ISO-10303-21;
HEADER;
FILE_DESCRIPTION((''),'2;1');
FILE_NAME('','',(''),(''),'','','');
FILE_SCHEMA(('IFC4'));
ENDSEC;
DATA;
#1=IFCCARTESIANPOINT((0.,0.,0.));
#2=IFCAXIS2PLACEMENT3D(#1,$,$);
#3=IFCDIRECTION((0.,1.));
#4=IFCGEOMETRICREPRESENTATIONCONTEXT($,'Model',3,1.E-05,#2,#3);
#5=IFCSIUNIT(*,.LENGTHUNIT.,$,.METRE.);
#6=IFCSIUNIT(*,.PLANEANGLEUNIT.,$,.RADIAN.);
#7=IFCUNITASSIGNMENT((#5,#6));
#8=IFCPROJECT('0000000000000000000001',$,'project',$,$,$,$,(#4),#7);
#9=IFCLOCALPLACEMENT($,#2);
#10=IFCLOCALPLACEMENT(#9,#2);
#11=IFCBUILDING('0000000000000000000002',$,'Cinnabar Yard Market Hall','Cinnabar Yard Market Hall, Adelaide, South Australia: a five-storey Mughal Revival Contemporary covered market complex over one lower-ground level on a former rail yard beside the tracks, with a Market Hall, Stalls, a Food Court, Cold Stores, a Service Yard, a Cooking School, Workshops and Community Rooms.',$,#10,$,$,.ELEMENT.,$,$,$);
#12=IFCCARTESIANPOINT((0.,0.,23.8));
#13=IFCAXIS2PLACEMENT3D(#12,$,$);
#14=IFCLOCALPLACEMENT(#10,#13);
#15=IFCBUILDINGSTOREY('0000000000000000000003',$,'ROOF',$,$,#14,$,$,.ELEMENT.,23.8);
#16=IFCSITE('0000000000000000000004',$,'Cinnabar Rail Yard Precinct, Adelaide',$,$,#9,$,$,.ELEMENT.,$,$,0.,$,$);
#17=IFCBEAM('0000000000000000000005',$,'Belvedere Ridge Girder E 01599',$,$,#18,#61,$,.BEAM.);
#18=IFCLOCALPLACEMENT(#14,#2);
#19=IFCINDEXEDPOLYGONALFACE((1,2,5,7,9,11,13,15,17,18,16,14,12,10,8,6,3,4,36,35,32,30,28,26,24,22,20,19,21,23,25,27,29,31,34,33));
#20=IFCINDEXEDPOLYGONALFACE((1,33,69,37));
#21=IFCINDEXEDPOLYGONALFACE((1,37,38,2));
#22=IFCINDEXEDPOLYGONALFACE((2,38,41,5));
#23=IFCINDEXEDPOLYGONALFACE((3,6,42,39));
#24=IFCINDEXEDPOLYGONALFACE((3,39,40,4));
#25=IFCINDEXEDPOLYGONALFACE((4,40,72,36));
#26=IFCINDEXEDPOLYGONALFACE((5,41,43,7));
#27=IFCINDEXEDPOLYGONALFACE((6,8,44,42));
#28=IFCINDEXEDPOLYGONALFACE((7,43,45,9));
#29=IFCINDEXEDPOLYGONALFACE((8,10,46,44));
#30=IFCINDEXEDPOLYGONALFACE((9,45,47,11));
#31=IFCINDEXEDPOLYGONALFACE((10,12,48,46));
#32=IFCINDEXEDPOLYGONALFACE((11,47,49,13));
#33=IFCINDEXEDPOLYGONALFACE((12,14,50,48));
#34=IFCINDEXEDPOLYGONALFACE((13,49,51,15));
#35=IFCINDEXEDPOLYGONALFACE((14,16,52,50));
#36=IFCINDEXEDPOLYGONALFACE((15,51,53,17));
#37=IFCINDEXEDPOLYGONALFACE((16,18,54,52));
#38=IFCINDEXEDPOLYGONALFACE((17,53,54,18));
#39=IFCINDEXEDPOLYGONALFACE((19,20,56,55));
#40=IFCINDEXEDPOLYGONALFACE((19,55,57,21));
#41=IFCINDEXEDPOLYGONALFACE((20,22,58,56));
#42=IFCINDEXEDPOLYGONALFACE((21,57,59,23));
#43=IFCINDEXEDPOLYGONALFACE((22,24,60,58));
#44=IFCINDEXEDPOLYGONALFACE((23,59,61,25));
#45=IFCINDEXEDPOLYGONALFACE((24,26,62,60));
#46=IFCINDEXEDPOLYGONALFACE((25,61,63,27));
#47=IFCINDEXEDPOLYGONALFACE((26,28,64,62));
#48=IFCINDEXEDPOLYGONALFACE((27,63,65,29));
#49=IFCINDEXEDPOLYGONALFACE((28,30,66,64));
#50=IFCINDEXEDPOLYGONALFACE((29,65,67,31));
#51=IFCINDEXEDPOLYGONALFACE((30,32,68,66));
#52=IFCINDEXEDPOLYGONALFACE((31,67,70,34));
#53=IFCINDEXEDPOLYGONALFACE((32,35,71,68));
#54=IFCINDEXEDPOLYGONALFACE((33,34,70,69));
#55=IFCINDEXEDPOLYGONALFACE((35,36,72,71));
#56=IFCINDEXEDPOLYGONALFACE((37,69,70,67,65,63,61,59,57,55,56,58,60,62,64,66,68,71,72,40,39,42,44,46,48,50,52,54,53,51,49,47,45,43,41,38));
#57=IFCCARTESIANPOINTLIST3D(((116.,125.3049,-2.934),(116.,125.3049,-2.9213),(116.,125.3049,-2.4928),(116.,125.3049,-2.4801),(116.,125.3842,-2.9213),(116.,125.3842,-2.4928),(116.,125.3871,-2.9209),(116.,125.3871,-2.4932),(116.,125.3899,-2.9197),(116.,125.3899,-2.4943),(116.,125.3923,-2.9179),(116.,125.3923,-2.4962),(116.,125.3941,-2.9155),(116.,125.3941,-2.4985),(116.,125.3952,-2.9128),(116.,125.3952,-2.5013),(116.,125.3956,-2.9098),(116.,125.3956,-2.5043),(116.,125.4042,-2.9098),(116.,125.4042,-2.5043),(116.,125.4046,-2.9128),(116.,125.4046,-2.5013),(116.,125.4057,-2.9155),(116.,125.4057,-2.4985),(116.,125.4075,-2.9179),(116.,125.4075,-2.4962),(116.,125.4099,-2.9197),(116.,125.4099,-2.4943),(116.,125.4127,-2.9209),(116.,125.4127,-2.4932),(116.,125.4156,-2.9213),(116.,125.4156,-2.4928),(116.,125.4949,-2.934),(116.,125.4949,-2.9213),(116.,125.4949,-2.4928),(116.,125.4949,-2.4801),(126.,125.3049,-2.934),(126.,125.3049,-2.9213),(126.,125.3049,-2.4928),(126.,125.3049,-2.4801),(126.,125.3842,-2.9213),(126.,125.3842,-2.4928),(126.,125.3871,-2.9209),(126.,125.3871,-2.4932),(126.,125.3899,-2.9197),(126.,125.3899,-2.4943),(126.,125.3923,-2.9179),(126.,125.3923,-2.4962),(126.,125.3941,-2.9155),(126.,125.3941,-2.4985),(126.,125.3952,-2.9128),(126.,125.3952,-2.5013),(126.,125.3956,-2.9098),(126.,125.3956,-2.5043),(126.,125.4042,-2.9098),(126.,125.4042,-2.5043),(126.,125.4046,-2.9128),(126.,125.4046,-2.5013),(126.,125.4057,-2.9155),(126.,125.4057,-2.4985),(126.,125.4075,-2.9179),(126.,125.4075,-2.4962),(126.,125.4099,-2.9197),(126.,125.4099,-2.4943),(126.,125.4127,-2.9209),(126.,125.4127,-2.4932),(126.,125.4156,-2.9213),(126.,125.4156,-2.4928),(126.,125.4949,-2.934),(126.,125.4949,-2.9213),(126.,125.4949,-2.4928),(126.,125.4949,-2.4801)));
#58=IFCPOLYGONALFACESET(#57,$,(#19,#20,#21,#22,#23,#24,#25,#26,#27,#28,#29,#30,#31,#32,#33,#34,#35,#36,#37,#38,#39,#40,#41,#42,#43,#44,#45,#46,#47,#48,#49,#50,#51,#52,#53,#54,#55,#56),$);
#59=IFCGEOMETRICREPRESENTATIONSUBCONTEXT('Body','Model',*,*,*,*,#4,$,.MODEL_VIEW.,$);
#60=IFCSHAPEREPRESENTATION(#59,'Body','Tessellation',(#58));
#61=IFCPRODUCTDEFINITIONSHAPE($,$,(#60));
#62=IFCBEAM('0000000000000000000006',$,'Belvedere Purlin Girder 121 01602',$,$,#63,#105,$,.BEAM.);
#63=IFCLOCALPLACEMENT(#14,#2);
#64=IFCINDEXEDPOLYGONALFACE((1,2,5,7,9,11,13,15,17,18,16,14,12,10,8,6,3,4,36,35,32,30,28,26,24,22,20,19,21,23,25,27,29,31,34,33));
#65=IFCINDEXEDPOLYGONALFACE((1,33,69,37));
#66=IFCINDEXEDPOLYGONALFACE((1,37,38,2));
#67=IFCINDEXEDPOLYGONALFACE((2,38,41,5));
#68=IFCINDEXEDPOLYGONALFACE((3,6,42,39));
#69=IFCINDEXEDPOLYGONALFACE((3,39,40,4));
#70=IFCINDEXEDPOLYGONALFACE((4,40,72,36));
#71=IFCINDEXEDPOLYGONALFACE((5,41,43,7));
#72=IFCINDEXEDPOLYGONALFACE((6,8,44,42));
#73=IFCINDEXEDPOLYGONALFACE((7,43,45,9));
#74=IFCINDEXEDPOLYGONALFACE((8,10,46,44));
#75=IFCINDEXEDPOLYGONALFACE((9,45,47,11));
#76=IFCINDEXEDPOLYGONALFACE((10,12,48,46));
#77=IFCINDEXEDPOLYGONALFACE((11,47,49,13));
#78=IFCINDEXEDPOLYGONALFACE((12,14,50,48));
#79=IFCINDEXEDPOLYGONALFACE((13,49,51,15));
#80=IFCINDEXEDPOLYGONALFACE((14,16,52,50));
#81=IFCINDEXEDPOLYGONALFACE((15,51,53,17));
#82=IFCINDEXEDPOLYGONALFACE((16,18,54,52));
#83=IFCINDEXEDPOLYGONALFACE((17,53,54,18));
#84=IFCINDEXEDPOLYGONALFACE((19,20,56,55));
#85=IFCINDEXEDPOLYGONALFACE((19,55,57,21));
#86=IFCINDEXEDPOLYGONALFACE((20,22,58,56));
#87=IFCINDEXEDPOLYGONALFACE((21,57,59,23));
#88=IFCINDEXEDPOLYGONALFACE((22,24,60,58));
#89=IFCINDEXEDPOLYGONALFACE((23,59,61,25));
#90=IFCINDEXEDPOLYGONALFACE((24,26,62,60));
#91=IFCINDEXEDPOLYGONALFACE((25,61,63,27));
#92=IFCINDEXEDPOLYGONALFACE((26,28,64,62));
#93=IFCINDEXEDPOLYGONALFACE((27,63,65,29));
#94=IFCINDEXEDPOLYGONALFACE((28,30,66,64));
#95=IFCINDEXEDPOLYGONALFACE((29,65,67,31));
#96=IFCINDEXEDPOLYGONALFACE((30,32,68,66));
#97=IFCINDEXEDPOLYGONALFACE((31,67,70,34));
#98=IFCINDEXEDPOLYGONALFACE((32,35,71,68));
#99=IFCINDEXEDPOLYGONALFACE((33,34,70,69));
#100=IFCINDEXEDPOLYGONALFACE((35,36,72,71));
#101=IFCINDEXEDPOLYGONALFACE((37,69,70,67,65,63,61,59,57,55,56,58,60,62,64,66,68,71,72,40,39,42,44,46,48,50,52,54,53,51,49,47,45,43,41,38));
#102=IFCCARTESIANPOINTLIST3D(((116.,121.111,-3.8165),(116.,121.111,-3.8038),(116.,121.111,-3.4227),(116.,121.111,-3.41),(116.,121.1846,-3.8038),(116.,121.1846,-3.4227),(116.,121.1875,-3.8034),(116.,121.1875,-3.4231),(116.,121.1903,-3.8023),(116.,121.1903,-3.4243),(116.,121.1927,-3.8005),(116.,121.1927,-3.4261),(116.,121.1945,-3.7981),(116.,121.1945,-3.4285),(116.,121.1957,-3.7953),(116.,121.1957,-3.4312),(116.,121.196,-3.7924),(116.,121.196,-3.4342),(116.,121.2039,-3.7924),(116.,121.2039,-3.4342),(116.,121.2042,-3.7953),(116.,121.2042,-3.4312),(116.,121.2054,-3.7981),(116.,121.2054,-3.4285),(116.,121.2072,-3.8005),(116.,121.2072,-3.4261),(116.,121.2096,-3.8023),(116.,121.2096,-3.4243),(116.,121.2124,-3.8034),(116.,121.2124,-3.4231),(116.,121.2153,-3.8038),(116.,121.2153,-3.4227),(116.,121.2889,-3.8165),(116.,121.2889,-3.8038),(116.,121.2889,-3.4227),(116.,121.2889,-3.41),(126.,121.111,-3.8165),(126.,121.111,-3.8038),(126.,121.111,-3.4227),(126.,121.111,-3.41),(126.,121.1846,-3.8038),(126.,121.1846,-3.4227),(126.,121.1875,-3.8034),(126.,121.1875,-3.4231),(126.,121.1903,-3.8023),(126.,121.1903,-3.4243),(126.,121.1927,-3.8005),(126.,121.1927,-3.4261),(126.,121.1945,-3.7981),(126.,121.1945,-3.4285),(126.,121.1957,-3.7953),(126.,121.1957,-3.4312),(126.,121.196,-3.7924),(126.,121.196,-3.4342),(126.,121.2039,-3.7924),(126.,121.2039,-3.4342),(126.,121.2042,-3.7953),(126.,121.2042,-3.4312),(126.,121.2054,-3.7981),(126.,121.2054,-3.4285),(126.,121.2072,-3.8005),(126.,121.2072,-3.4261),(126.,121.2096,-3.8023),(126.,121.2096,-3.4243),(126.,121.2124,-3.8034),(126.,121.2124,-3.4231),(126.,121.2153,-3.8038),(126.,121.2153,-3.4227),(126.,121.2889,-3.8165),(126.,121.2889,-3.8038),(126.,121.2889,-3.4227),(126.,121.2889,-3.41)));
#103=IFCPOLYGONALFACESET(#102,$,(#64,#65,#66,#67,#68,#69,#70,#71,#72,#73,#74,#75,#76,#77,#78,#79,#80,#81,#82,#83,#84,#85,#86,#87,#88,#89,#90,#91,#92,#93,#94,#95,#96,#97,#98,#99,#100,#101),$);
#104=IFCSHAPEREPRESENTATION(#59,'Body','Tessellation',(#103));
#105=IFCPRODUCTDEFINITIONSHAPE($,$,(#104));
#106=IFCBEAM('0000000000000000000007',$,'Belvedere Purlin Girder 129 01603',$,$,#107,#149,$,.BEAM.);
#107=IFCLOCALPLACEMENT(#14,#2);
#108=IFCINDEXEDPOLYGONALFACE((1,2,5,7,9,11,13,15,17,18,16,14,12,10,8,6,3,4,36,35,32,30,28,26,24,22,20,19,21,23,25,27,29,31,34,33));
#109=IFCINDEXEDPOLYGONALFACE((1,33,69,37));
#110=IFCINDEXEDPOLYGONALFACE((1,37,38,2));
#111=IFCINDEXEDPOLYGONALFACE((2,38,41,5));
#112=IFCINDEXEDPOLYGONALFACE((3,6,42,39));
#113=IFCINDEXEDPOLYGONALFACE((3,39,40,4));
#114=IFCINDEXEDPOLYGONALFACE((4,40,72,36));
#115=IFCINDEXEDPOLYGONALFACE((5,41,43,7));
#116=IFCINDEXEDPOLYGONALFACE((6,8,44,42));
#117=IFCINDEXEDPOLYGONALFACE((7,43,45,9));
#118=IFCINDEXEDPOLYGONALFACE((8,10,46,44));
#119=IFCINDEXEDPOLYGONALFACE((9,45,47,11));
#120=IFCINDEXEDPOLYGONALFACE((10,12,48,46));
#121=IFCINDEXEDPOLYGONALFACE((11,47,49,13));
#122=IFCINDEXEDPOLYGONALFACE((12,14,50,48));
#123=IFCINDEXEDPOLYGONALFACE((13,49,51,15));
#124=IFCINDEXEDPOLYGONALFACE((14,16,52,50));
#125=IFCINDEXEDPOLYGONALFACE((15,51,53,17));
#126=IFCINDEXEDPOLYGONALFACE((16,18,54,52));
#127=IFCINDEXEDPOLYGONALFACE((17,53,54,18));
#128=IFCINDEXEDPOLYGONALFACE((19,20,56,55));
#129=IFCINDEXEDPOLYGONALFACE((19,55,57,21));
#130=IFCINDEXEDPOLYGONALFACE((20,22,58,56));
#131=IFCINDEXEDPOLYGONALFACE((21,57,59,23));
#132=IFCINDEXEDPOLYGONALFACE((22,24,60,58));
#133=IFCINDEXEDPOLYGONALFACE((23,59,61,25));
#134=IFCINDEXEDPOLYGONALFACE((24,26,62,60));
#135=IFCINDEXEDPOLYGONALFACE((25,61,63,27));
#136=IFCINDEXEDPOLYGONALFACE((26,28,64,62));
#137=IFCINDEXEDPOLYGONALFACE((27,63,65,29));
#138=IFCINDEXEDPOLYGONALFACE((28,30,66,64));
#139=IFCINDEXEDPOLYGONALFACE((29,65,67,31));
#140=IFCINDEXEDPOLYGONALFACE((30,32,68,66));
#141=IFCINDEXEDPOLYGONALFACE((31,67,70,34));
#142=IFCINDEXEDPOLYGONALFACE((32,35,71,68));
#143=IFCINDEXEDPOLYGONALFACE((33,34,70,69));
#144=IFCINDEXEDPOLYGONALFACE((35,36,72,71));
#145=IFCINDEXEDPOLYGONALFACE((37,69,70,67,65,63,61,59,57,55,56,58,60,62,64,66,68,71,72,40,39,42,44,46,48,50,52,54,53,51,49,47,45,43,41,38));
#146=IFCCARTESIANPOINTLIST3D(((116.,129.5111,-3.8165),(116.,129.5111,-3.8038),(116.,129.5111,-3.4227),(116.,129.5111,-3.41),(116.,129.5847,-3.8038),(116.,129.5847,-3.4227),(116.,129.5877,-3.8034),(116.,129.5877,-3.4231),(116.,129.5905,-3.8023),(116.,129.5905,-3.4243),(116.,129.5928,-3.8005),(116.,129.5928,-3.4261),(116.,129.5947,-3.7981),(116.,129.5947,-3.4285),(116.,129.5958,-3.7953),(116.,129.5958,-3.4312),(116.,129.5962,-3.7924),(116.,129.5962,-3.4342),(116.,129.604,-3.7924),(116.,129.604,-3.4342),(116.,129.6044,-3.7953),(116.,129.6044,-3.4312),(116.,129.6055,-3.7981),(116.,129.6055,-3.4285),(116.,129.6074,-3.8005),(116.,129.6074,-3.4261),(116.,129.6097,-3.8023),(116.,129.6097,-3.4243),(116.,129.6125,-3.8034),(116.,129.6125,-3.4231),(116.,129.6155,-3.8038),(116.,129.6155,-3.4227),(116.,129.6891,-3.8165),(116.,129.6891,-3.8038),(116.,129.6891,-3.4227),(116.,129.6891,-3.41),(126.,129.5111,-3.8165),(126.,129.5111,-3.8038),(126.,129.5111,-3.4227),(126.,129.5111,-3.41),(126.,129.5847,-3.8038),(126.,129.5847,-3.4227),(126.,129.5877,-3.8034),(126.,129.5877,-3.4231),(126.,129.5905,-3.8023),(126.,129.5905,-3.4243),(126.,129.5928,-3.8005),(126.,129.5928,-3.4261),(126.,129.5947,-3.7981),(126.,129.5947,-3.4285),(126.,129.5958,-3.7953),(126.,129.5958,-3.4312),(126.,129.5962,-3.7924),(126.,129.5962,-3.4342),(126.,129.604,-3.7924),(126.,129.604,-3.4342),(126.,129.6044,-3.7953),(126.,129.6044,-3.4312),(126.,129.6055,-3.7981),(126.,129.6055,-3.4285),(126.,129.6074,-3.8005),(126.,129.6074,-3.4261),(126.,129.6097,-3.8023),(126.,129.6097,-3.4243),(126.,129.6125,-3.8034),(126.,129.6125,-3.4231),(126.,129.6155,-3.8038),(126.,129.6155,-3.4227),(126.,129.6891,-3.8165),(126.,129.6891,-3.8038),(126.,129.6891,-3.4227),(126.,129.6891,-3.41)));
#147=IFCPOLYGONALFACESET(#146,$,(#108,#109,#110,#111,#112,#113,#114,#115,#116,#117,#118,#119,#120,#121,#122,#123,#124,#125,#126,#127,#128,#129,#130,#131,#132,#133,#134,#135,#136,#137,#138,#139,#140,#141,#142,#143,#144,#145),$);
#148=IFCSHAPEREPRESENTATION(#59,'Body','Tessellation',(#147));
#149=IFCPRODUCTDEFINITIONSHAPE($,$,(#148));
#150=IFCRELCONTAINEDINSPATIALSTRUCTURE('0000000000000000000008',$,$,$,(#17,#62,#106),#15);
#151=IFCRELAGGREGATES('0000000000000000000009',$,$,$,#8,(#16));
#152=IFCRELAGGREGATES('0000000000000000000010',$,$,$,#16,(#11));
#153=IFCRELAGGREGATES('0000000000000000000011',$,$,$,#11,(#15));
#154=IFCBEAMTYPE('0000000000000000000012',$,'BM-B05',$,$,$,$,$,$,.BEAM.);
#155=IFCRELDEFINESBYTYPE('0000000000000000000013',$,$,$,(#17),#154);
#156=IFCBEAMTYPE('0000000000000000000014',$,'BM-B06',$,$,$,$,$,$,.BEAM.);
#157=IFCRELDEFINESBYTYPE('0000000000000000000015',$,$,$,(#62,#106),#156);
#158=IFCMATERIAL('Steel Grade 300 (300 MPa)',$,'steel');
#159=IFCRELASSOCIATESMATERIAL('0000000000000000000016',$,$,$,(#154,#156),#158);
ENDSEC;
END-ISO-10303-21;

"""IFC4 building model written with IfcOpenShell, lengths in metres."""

from ifc_helpers import new_model, si_unit, direction, frame, origin, origin_2d_with_axis, place, context, subcontext, project, spatial, i_section, extrude, material, material_profile, profile_set, type_object, element, save


model = new_model("IFC4")

# Units and contexts
model_context = context("Model", 3, precision=1e-05, world=origin(), true_north=direction((0.0, 1.0)))
body_context = subcontext(model_context, "Body", "Model", "MODEL_VIEW")
ifc_project = project(units=[si_unit("LENGTHUNIT", "METRE"), si_unit("PLANEANGLEUNIT", "RADIAN")], contexts=[model_context])

# Site, building, storey
site_placement = place(None, origin())
site = spatial("IfcSite", under=ifc_project, at=site_placement, Name="Cinnabar Rail Yard Precinct, Adelaide", CompositionType="ELEMENT", RefElevation=0.0)
building_placement = place(site_placement, origin())
building = spatial("IfcBuilding", under=site, at=building_placement, Name="Cinnabar Yard Market Hall", Description="Cinnabar Yard Market Hall, Adelaide, South Australia: a five-storey Mughal Revival Contemporary covered market complex over one lower-ground level on a former rail yard beside the tracks, with a Market Hall, Stalls, a Food Court, Cold Stores, a Service Yard, a Cooking School, Workshops and Community Rooms.", CompositionType="ELEMENT")
storey_placement = place(building_placement, frame((0.0, 0.0, 23.8)))
storey = spatial("IfcBuildingStorey", under=building, at=storey_placement, Name="ROOF", CompositionType="ELEMENT", Elevation=23.8)

# Beams
ifc_material_1 = material(Name="Steel Grade 300 (300 MPa)", Category="steel")
ifc_material_profile_1 = material_profile(ifc_material_1, i_section(OverallWidth=0.1899, OverallDepth=0.4539, WebThickness=0.0085, FlangeThickness=0.0127, FilletRadius=0.0115, at=origin_2d_with_axis()), Name="460UB67.1")
ifc_profile_set_1 = profile_set([ifc_material_profile_1], Name="Steel Grade 300 (300 MPa)")
beam_type_1 = type_object("IfcBeamType", Name="BM-B05", PredefinedType="BEAM", material=ifc_profile_set_1)
beam_1_placement = place(storey_placement, frame((116.0, 125.3999, -2.707), z_axis=(1.0, 0.0, 0.0), x_axis=(0.0, 1.0, 0.0)))
element("IfcBeam", 1, at=beam_1_placement, inside=storey, type_object=beam_type_1, Name="Belvedere Ridge Girder E 01599", PredefinedType="BEAM", context=body_context, shape_type="SweptSolid", body=[
    extrude(i_section(OverallWidth=0.1899, OverallDepth=0.4539, WebThickness=0.0085, FlangeThickness=0.0127, FilletRadius=0.0115, at=origin_2d_with_axis()), origin(), (0.0, 0.0, 1.0), 10.0),
])
ifc_material_profile_2 = material_profile(ifc_material_1, i_section(OverallWidth=0.178, OverallDepth=0.4065, WebThickness=0.0078, FlangeThickness=0.0127, FilletRadius=0.0115, at=origin_2d_with_axis()), Name="410UB59.7")
ifc_profile_set_2 = profile_set([ifc_material_profile_2], Name="Steel Grade 300 (300 MPa)")
beam_type_2 = type_object("IfcBeamType", Name="BM-B06", PredefinedType="BEAM", material=ifc_profile_set_2)
for number, where, z_axis, x_axis, name in (
    (2, (116.0, 121.2, -3.6133), (1.0, 0.0, 0.0), (0.0, 1.0, 0.0), "Belvedere Purlin Girder 121 01602"),
    (3, (116.0, 129.6001, -3.6133), (1.0, 0.0, 0.0), (0.0, 1.0, 0.0), "Belvedere Purlin Girder 129 01603"),
):
    element("IfcBeam", number, at=place(storey_placement, frame(where, z_axis=z_axis, x_axis=x_axis)), inside=storey, type_object=beam_type_2, Name=name, PredefinedType="BEAM", context=body_context, shape_type="SweptSolid", body=[
        extrude(i_section(OverallWidth=0.178, OverallDepth=0.4065, WebThickness=0.0078, FlangeThickness=0.0127, FilletRadius=0.0115, at=origin_2d_with_axis()), origin(), (0.0, 0.0, 1.0), 10.0),
    ])

save(model, "model.ifc")
